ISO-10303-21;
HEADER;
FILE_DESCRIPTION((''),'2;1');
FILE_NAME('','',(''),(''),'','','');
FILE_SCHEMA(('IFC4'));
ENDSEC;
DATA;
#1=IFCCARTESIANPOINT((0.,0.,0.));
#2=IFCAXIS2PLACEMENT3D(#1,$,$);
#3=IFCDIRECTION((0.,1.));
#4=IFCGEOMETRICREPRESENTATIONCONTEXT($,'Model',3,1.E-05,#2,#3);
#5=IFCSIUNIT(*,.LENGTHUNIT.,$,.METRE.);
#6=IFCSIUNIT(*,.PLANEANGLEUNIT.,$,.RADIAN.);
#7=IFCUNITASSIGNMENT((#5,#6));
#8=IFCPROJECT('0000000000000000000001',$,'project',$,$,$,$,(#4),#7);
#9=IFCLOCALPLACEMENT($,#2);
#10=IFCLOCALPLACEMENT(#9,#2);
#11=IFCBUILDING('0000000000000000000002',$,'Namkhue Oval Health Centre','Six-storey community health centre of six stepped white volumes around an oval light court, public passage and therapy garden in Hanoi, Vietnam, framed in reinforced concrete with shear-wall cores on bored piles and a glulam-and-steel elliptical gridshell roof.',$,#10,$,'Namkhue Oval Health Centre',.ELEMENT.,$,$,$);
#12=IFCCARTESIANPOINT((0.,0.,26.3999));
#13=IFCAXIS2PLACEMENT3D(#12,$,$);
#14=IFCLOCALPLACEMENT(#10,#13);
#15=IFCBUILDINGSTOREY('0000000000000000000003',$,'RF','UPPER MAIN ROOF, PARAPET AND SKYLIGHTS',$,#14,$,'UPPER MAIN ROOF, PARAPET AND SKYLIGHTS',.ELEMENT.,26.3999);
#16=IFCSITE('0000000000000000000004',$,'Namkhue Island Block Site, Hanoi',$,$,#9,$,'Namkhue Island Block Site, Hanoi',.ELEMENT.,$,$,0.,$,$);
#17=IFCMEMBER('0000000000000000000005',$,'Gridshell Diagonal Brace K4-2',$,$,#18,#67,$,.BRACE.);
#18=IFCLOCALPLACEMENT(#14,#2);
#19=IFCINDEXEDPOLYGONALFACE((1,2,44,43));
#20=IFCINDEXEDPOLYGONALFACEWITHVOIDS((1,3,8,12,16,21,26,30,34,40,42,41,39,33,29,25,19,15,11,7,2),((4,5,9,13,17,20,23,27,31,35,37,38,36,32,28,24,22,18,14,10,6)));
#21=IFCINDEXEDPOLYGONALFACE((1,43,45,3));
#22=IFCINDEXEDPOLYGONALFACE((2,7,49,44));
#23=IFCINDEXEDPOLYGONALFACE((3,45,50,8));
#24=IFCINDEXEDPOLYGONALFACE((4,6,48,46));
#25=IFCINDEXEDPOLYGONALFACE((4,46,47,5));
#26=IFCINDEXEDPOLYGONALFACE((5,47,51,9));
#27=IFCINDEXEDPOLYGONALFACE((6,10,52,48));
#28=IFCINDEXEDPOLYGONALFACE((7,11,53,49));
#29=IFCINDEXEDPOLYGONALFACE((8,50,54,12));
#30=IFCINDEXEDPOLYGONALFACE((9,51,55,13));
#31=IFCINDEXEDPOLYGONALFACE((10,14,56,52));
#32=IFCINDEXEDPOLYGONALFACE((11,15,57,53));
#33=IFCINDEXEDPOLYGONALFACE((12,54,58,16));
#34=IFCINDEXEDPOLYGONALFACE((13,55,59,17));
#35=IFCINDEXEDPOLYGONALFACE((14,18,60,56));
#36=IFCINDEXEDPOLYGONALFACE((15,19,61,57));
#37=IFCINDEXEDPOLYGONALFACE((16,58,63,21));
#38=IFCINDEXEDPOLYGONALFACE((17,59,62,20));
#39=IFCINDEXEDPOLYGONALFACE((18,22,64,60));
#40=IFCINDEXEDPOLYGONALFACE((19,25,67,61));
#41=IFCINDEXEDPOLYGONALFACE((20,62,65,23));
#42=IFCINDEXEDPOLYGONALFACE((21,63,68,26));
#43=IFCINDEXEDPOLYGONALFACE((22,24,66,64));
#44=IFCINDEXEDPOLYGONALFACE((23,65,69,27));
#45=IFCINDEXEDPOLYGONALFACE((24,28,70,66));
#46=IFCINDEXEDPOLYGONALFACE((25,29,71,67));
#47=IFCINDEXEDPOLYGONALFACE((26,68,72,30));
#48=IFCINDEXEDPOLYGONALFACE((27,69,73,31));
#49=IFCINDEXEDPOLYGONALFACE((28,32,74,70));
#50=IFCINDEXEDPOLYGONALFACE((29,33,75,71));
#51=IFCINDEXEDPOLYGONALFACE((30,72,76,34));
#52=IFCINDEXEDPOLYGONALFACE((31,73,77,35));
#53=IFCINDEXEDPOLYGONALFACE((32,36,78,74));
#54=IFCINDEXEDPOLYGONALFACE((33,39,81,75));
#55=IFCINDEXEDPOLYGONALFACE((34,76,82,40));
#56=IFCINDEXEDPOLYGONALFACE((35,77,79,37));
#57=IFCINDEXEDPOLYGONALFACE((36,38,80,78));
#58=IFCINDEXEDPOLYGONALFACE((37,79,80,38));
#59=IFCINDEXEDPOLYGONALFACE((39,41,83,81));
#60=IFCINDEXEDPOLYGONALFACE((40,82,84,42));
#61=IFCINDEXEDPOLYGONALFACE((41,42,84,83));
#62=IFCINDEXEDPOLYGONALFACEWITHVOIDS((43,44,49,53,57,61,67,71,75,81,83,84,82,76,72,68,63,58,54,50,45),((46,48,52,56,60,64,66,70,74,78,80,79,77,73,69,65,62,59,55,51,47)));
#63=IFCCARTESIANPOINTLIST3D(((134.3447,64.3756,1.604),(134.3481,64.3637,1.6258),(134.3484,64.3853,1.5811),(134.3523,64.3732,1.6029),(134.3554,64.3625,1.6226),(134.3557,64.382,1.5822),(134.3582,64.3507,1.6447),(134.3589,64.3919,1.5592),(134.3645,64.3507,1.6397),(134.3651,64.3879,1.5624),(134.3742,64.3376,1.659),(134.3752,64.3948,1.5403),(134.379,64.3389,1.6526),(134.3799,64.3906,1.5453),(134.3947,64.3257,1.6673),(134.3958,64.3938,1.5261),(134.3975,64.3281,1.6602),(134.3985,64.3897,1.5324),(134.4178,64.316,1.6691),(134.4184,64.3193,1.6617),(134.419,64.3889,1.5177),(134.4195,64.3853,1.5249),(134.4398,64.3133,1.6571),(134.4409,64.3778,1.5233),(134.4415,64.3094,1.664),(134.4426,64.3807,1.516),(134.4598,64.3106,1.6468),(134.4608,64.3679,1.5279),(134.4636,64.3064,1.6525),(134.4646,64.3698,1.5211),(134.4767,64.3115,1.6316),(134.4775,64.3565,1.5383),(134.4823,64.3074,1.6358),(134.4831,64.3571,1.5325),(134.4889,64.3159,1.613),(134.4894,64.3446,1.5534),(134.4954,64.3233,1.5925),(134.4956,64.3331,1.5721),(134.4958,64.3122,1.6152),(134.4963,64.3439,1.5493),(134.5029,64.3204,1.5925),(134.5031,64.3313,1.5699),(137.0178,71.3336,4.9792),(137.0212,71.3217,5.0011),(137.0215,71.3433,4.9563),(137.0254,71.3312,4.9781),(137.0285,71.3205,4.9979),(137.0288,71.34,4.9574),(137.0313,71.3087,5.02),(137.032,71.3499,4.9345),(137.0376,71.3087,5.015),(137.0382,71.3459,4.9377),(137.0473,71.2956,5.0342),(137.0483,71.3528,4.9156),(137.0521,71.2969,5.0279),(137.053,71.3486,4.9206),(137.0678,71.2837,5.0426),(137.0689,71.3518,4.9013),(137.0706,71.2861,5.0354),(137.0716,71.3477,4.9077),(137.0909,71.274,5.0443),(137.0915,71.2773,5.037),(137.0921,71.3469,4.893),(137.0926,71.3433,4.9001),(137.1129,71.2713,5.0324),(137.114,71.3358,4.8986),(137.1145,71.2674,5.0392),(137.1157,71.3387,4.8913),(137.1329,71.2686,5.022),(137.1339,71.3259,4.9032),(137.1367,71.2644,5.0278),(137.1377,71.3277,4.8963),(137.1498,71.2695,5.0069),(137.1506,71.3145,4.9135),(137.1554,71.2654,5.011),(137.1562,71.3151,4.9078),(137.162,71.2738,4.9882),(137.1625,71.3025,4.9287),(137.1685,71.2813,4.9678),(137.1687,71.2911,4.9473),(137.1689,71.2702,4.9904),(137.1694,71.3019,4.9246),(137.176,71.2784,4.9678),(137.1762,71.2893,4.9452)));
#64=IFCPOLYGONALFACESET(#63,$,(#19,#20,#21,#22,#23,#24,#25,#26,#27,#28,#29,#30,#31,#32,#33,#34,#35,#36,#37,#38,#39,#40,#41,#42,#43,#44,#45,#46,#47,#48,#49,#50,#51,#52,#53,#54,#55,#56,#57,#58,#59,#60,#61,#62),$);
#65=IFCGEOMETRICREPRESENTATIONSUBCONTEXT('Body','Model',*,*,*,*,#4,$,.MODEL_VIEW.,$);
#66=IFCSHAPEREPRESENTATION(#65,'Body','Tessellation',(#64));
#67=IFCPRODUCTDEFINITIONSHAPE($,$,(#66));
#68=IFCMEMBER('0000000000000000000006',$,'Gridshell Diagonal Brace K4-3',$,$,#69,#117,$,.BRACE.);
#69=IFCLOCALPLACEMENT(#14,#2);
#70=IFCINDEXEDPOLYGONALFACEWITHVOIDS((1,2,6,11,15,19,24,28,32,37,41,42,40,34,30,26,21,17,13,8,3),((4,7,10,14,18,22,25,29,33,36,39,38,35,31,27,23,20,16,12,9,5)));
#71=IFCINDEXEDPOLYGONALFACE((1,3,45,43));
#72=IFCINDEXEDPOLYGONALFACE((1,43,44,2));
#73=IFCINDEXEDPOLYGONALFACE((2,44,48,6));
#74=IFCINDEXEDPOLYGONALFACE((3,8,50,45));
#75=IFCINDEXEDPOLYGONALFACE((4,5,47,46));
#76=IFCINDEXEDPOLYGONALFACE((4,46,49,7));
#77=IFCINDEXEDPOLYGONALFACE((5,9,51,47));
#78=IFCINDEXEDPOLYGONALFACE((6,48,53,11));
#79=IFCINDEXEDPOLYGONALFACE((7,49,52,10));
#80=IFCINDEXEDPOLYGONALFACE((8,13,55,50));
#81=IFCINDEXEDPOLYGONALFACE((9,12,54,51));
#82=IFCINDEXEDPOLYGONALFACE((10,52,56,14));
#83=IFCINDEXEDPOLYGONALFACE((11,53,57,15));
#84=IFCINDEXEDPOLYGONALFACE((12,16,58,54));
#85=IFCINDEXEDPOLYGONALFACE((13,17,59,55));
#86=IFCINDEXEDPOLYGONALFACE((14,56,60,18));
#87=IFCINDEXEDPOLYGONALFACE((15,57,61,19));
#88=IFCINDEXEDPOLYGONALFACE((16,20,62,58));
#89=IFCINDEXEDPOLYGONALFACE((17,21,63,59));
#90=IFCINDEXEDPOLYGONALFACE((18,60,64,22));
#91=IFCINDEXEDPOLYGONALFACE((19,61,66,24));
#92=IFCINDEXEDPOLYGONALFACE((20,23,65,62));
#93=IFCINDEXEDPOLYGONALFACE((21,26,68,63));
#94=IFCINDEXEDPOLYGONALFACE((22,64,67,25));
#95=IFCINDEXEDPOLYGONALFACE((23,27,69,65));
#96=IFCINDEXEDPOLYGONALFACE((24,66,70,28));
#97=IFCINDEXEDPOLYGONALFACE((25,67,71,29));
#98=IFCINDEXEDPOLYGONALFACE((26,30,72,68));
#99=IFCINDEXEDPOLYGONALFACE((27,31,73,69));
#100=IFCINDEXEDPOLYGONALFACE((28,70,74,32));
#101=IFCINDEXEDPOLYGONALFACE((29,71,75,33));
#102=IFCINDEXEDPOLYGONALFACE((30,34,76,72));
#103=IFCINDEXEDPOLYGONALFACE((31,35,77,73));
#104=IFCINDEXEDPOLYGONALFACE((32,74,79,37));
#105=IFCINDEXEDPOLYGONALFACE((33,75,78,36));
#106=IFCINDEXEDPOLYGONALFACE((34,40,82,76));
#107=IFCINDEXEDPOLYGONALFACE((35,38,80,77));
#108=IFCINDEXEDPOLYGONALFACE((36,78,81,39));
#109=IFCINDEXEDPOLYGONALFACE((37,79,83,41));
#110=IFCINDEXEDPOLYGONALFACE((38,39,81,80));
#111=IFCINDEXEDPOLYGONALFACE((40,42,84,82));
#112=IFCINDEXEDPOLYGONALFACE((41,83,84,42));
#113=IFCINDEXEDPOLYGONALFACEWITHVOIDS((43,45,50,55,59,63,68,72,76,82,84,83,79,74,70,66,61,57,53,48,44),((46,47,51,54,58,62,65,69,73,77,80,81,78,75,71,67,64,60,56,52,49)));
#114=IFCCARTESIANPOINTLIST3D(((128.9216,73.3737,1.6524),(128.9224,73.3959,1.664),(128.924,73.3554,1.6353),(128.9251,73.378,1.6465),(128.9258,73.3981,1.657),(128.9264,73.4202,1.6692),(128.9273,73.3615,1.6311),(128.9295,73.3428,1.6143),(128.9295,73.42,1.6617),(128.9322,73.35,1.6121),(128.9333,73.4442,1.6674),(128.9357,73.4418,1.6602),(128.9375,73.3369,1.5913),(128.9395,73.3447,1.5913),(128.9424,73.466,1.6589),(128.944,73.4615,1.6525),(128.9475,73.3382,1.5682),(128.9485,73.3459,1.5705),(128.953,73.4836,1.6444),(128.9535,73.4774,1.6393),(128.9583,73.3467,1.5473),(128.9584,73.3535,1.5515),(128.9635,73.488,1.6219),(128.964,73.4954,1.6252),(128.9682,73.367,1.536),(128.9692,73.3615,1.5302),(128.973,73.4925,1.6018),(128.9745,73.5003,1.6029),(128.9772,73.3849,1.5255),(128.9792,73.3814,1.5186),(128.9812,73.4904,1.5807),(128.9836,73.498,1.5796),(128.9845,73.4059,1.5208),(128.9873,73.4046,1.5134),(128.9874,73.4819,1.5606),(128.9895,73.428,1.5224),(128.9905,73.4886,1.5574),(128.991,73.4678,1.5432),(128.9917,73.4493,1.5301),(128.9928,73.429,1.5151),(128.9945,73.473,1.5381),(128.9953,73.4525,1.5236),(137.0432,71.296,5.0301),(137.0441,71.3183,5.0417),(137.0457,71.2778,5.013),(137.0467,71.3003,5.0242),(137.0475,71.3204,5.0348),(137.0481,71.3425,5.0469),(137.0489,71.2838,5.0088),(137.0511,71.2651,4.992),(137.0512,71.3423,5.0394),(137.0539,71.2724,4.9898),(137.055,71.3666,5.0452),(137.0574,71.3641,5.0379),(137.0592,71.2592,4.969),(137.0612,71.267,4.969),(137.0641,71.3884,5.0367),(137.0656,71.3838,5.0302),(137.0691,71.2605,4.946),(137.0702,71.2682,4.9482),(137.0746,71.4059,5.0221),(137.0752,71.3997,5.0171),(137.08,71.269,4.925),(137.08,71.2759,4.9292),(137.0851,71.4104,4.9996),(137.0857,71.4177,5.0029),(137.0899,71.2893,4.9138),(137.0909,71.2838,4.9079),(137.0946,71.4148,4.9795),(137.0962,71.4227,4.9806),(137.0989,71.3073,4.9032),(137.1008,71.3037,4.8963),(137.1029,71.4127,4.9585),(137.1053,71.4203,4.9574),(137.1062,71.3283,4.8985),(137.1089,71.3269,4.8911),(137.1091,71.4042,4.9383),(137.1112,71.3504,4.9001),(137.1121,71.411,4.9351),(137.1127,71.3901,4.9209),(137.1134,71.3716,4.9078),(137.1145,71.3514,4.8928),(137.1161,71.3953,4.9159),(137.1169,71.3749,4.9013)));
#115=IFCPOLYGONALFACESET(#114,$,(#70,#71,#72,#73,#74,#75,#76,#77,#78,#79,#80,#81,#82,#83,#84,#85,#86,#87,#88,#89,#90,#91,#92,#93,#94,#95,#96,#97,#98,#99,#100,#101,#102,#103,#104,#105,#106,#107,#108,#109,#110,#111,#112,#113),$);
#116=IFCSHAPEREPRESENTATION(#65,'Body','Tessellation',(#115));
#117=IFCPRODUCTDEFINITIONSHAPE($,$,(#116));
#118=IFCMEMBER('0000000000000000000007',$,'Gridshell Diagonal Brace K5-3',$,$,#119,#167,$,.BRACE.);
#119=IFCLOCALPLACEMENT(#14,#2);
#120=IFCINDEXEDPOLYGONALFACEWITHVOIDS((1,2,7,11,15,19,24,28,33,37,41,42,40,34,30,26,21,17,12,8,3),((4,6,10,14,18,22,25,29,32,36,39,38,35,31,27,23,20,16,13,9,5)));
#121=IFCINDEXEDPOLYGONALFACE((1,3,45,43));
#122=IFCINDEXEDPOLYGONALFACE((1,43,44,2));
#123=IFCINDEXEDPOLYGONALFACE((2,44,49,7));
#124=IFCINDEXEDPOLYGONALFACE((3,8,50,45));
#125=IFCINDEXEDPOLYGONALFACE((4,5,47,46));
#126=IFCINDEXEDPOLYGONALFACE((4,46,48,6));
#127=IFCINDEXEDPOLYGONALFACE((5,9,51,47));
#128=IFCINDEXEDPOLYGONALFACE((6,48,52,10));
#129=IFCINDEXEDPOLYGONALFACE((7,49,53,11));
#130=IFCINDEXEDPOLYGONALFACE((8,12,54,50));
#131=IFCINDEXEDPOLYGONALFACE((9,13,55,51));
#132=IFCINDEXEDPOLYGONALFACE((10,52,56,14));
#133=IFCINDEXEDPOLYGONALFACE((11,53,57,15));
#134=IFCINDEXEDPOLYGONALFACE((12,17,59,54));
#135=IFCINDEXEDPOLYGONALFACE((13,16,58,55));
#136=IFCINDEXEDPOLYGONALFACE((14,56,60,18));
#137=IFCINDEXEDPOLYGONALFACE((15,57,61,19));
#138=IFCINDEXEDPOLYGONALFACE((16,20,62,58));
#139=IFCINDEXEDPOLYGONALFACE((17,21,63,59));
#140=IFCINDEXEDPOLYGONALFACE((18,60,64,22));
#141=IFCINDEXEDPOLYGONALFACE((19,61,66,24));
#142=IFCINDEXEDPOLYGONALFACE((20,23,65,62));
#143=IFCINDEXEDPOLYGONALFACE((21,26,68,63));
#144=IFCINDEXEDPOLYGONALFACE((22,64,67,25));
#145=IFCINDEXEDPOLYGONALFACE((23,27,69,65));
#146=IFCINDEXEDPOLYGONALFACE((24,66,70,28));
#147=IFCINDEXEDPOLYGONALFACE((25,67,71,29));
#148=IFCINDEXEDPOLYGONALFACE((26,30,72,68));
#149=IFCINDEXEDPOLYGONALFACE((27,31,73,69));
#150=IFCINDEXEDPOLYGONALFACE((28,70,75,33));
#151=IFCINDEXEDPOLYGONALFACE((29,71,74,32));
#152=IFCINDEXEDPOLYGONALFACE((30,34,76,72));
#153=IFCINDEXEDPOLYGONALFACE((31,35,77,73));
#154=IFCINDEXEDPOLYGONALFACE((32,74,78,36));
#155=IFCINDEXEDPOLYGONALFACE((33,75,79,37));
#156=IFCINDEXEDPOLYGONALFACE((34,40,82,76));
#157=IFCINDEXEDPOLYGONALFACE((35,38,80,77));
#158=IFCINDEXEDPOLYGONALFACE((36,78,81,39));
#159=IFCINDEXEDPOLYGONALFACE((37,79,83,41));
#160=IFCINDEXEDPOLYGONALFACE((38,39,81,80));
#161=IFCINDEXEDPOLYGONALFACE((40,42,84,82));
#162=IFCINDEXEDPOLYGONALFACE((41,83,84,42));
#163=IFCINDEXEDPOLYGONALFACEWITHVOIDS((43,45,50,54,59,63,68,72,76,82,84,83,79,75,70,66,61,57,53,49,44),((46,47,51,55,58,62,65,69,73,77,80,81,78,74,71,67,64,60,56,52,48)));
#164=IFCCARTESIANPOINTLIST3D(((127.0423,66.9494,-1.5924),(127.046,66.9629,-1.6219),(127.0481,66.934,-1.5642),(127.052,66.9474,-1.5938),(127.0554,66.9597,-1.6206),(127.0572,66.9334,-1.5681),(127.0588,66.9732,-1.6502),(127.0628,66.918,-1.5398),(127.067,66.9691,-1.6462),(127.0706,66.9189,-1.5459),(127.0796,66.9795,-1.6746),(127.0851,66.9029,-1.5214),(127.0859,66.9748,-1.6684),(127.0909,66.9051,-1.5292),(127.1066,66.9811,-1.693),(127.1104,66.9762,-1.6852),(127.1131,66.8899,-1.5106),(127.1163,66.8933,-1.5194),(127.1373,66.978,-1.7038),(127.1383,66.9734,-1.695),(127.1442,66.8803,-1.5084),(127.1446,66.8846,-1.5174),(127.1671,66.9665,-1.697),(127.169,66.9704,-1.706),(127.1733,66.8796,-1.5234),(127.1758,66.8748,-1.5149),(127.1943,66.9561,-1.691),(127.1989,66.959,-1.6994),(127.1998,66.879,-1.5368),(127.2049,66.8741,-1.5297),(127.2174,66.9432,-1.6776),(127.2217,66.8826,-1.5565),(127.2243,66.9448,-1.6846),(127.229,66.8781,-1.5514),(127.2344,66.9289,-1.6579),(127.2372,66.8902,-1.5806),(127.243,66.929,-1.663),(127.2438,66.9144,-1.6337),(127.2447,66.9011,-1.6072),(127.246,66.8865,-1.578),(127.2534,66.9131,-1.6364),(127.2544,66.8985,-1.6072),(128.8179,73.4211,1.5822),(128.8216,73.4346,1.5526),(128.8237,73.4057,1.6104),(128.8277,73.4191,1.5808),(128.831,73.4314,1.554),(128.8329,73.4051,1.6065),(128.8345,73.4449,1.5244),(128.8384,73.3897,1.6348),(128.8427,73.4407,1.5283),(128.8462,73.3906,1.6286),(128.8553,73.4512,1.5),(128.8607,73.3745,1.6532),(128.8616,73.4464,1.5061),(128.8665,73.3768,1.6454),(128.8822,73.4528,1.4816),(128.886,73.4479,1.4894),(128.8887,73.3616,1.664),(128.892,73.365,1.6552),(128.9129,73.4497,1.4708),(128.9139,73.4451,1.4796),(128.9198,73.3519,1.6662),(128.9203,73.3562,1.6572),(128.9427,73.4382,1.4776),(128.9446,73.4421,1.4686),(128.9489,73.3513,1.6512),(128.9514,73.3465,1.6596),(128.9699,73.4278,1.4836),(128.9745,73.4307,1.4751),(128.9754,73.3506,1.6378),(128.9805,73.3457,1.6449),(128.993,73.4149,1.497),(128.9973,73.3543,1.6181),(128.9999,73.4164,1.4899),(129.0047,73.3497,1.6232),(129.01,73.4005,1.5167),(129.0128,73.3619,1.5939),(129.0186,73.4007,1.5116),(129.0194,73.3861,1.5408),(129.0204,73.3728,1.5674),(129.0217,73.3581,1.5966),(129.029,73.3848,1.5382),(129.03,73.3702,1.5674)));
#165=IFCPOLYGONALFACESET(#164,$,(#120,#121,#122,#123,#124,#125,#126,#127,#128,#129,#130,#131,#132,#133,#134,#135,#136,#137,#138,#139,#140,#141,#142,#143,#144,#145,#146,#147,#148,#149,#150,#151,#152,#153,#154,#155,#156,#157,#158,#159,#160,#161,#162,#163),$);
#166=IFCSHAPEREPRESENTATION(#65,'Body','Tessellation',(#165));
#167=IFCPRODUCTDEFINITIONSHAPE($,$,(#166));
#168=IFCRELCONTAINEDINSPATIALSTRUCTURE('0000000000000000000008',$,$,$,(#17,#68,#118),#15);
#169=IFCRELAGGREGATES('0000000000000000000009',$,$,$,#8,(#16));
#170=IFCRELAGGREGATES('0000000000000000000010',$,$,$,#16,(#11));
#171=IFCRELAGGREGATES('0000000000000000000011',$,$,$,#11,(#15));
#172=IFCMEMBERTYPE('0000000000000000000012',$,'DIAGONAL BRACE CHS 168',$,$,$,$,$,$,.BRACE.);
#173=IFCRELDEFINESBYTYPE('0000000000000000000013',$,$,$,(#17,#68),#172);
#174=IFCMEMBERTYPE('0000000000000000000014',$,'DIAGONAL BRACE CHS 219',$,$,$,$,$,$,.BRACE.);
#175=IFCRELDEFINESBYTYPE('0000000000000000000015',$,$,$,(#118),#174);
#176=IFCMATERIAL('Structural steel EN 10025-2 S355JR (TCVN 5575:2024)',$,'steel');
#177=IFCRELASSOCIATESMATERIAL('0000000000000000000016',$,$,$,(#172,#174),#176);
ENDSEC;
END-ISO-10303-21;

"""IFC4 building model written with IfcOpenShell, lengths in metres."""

from ifc_helpers import new_model, si_unit, direction, frame, origin, origin_2d, place, context, subcontext, project, spatial, hollow_circle, extrude, material, material_profile, profile_set, type_object, element, save


model = new_model("IFC4")

# Units and contexts
model_context = context("Model", 3, precision=1e-05, world=origin(), true_north=direction((0.0, 1.0)))
body_context = subcontext(model_context, "Body", "Model", "MODEL_VIEW")
ifc_project = project(units=[si_unit("LENGTHUNIT", "METRE"), si_unit("PLANEANGLEUNIT", "RADIAN")], contexts=[model_context])

# Site, building, storey
site_placement = place(None, origin())
site = spatial("IfcSite", under=ifc_project, at=site_placement, Name="Namkhue Island Block Site, Hanoi", LongName="Namkhue Island Block Site, Hanoi", CompositionType="ELEMENT", RefElevation=0.0)
building_placement = place(site_placement, origin())
building = spatial("IfcBuilding", under=site, at=building_placement, Name="Namkhue Oval Health Centre", Description="Six-storey community health centre of six stepped white volumes around an oval light court, public passage and therapy garden in Hanoi, Vietnam, framed in reinforced concrete with shear-wall cores on bored piles and a glulam-and-steel elliptical gridshell roof.", LongName="Namkhue Oval Health Centre", CompositionType="ELEMENT")
storey_placement = place(building_placement, frame((0.0, 0.0, 26.3999)))
storey = spatial("IfcBuildingStorey", under=building, at=storey_placement, Name="RF", Description="UPPER MAIN ROOF, PARAPET AND SKYLIGHTS", LongName="UPPER MAIN ROOF, PARAPET AND SKYLIGHTS", CompositionType="ELEMENT", Elevation=26.3999)

# Members
ifc_material_1 = material(Name="Structural steel EN 10025-2 S355JR (TCVN 5575:2024)", Category="steel")
ifc_material_profile_1 = material_profile(ifc_material_1, hollow_circle(Radius=0.0842, WallThickness=0.0081, at=origin_2d()), Name="CHS 168.3x8")
ifc_profile_set_1 = profile_set([ifc_material_profile_1], Name="Structural steel EN 10025-2 S355JR (TCVN 5575:2024)")
member_type_1 = type_object("IfcMemberType", Name="DIAGONAL BRACE CHS 168", PredefinedType="BRACE", material=ifc_profile_set_1)
member_1_placement = place(storey_placement, frame((137.0974, 71.3086, 4.9678), z_axis=(-0.326689, -0.850363, -0.412501), x_axis=(0.933483, -0.358621, 0.0)))
element("IfcMember", 1, at=member_1_placement, inside=storey, type_object=member_type_1, Name="Gridshell Diagonal Brace K4-2", PredefinedType="BRACE", context=body_context, shape_type="SweptSolid", body=[
    extrude(hollow_circle(Radius=0.0842, WallThickness=0.0081, at=origin_2d()), origin(), (0.0, 0.0, 1.0), 8.1824),
])
member_2_placement = place(storey_placement, frame((137.0801, 71.3408, 4.969), z_axis=(-0.898604, 0.229878, -0.37372), x_axis=(-0.247836, -0.968802, 0.0)))
element("IfcMember", 2, at=member_2_placement, inside=storey, type_object=member_type_1, Name="Gridshell Diagonal Brace K4-3", PredefinedType="BRACE", context=body_context, shape_type="SweptSolid", body=[
    extrude(hollow_circle(Radius=0.0842, WallThickness=0.0081, at=origin_2d()), origin(), (0.0, 0.0, 1.0), 9.0381),
])
ifc_material_profile_2 = material_profile(ifc_material_1, hollow_circle(Radius=0.1096, WallThickness=0.01, at=origin_2d()), Name="CHS 219.1x10")
ifc_profile_set_2 = profile_set([ifc_material_profile_2], Name="Structural steel EN 10025-2 S355JR (TCVN 5575:2024)")
member_type_2 = type_object("IfcMemberType", Name="DIAGONAL BRACE CHS 219", PredefinedType="BRACE", material=ifc_profile_set_2)
member_3_placement = place(storey_placement, frame((128.9243, 73.3992, 1.5674), z_axis=(-0.23918, -0.871743, -0.427617), x_axis=(0.964361, -0.264592, 0.0)))
element("IfcMember", 3, at=member_3_placement, inside=storey, type_object=member_type_2, Name="Gridshell Diagonal Brace K5-3", PredefinedType="BRACE", context=body_context, shape_type="SweptSolid", body=[
    extrude(hollow_circle(Radius=0.1096, WallThickness=0.01, at=origin_2d()), origin(), (0.0, 0.0, 1.0), 7.4238),
])

save(model, "model.ifc")
